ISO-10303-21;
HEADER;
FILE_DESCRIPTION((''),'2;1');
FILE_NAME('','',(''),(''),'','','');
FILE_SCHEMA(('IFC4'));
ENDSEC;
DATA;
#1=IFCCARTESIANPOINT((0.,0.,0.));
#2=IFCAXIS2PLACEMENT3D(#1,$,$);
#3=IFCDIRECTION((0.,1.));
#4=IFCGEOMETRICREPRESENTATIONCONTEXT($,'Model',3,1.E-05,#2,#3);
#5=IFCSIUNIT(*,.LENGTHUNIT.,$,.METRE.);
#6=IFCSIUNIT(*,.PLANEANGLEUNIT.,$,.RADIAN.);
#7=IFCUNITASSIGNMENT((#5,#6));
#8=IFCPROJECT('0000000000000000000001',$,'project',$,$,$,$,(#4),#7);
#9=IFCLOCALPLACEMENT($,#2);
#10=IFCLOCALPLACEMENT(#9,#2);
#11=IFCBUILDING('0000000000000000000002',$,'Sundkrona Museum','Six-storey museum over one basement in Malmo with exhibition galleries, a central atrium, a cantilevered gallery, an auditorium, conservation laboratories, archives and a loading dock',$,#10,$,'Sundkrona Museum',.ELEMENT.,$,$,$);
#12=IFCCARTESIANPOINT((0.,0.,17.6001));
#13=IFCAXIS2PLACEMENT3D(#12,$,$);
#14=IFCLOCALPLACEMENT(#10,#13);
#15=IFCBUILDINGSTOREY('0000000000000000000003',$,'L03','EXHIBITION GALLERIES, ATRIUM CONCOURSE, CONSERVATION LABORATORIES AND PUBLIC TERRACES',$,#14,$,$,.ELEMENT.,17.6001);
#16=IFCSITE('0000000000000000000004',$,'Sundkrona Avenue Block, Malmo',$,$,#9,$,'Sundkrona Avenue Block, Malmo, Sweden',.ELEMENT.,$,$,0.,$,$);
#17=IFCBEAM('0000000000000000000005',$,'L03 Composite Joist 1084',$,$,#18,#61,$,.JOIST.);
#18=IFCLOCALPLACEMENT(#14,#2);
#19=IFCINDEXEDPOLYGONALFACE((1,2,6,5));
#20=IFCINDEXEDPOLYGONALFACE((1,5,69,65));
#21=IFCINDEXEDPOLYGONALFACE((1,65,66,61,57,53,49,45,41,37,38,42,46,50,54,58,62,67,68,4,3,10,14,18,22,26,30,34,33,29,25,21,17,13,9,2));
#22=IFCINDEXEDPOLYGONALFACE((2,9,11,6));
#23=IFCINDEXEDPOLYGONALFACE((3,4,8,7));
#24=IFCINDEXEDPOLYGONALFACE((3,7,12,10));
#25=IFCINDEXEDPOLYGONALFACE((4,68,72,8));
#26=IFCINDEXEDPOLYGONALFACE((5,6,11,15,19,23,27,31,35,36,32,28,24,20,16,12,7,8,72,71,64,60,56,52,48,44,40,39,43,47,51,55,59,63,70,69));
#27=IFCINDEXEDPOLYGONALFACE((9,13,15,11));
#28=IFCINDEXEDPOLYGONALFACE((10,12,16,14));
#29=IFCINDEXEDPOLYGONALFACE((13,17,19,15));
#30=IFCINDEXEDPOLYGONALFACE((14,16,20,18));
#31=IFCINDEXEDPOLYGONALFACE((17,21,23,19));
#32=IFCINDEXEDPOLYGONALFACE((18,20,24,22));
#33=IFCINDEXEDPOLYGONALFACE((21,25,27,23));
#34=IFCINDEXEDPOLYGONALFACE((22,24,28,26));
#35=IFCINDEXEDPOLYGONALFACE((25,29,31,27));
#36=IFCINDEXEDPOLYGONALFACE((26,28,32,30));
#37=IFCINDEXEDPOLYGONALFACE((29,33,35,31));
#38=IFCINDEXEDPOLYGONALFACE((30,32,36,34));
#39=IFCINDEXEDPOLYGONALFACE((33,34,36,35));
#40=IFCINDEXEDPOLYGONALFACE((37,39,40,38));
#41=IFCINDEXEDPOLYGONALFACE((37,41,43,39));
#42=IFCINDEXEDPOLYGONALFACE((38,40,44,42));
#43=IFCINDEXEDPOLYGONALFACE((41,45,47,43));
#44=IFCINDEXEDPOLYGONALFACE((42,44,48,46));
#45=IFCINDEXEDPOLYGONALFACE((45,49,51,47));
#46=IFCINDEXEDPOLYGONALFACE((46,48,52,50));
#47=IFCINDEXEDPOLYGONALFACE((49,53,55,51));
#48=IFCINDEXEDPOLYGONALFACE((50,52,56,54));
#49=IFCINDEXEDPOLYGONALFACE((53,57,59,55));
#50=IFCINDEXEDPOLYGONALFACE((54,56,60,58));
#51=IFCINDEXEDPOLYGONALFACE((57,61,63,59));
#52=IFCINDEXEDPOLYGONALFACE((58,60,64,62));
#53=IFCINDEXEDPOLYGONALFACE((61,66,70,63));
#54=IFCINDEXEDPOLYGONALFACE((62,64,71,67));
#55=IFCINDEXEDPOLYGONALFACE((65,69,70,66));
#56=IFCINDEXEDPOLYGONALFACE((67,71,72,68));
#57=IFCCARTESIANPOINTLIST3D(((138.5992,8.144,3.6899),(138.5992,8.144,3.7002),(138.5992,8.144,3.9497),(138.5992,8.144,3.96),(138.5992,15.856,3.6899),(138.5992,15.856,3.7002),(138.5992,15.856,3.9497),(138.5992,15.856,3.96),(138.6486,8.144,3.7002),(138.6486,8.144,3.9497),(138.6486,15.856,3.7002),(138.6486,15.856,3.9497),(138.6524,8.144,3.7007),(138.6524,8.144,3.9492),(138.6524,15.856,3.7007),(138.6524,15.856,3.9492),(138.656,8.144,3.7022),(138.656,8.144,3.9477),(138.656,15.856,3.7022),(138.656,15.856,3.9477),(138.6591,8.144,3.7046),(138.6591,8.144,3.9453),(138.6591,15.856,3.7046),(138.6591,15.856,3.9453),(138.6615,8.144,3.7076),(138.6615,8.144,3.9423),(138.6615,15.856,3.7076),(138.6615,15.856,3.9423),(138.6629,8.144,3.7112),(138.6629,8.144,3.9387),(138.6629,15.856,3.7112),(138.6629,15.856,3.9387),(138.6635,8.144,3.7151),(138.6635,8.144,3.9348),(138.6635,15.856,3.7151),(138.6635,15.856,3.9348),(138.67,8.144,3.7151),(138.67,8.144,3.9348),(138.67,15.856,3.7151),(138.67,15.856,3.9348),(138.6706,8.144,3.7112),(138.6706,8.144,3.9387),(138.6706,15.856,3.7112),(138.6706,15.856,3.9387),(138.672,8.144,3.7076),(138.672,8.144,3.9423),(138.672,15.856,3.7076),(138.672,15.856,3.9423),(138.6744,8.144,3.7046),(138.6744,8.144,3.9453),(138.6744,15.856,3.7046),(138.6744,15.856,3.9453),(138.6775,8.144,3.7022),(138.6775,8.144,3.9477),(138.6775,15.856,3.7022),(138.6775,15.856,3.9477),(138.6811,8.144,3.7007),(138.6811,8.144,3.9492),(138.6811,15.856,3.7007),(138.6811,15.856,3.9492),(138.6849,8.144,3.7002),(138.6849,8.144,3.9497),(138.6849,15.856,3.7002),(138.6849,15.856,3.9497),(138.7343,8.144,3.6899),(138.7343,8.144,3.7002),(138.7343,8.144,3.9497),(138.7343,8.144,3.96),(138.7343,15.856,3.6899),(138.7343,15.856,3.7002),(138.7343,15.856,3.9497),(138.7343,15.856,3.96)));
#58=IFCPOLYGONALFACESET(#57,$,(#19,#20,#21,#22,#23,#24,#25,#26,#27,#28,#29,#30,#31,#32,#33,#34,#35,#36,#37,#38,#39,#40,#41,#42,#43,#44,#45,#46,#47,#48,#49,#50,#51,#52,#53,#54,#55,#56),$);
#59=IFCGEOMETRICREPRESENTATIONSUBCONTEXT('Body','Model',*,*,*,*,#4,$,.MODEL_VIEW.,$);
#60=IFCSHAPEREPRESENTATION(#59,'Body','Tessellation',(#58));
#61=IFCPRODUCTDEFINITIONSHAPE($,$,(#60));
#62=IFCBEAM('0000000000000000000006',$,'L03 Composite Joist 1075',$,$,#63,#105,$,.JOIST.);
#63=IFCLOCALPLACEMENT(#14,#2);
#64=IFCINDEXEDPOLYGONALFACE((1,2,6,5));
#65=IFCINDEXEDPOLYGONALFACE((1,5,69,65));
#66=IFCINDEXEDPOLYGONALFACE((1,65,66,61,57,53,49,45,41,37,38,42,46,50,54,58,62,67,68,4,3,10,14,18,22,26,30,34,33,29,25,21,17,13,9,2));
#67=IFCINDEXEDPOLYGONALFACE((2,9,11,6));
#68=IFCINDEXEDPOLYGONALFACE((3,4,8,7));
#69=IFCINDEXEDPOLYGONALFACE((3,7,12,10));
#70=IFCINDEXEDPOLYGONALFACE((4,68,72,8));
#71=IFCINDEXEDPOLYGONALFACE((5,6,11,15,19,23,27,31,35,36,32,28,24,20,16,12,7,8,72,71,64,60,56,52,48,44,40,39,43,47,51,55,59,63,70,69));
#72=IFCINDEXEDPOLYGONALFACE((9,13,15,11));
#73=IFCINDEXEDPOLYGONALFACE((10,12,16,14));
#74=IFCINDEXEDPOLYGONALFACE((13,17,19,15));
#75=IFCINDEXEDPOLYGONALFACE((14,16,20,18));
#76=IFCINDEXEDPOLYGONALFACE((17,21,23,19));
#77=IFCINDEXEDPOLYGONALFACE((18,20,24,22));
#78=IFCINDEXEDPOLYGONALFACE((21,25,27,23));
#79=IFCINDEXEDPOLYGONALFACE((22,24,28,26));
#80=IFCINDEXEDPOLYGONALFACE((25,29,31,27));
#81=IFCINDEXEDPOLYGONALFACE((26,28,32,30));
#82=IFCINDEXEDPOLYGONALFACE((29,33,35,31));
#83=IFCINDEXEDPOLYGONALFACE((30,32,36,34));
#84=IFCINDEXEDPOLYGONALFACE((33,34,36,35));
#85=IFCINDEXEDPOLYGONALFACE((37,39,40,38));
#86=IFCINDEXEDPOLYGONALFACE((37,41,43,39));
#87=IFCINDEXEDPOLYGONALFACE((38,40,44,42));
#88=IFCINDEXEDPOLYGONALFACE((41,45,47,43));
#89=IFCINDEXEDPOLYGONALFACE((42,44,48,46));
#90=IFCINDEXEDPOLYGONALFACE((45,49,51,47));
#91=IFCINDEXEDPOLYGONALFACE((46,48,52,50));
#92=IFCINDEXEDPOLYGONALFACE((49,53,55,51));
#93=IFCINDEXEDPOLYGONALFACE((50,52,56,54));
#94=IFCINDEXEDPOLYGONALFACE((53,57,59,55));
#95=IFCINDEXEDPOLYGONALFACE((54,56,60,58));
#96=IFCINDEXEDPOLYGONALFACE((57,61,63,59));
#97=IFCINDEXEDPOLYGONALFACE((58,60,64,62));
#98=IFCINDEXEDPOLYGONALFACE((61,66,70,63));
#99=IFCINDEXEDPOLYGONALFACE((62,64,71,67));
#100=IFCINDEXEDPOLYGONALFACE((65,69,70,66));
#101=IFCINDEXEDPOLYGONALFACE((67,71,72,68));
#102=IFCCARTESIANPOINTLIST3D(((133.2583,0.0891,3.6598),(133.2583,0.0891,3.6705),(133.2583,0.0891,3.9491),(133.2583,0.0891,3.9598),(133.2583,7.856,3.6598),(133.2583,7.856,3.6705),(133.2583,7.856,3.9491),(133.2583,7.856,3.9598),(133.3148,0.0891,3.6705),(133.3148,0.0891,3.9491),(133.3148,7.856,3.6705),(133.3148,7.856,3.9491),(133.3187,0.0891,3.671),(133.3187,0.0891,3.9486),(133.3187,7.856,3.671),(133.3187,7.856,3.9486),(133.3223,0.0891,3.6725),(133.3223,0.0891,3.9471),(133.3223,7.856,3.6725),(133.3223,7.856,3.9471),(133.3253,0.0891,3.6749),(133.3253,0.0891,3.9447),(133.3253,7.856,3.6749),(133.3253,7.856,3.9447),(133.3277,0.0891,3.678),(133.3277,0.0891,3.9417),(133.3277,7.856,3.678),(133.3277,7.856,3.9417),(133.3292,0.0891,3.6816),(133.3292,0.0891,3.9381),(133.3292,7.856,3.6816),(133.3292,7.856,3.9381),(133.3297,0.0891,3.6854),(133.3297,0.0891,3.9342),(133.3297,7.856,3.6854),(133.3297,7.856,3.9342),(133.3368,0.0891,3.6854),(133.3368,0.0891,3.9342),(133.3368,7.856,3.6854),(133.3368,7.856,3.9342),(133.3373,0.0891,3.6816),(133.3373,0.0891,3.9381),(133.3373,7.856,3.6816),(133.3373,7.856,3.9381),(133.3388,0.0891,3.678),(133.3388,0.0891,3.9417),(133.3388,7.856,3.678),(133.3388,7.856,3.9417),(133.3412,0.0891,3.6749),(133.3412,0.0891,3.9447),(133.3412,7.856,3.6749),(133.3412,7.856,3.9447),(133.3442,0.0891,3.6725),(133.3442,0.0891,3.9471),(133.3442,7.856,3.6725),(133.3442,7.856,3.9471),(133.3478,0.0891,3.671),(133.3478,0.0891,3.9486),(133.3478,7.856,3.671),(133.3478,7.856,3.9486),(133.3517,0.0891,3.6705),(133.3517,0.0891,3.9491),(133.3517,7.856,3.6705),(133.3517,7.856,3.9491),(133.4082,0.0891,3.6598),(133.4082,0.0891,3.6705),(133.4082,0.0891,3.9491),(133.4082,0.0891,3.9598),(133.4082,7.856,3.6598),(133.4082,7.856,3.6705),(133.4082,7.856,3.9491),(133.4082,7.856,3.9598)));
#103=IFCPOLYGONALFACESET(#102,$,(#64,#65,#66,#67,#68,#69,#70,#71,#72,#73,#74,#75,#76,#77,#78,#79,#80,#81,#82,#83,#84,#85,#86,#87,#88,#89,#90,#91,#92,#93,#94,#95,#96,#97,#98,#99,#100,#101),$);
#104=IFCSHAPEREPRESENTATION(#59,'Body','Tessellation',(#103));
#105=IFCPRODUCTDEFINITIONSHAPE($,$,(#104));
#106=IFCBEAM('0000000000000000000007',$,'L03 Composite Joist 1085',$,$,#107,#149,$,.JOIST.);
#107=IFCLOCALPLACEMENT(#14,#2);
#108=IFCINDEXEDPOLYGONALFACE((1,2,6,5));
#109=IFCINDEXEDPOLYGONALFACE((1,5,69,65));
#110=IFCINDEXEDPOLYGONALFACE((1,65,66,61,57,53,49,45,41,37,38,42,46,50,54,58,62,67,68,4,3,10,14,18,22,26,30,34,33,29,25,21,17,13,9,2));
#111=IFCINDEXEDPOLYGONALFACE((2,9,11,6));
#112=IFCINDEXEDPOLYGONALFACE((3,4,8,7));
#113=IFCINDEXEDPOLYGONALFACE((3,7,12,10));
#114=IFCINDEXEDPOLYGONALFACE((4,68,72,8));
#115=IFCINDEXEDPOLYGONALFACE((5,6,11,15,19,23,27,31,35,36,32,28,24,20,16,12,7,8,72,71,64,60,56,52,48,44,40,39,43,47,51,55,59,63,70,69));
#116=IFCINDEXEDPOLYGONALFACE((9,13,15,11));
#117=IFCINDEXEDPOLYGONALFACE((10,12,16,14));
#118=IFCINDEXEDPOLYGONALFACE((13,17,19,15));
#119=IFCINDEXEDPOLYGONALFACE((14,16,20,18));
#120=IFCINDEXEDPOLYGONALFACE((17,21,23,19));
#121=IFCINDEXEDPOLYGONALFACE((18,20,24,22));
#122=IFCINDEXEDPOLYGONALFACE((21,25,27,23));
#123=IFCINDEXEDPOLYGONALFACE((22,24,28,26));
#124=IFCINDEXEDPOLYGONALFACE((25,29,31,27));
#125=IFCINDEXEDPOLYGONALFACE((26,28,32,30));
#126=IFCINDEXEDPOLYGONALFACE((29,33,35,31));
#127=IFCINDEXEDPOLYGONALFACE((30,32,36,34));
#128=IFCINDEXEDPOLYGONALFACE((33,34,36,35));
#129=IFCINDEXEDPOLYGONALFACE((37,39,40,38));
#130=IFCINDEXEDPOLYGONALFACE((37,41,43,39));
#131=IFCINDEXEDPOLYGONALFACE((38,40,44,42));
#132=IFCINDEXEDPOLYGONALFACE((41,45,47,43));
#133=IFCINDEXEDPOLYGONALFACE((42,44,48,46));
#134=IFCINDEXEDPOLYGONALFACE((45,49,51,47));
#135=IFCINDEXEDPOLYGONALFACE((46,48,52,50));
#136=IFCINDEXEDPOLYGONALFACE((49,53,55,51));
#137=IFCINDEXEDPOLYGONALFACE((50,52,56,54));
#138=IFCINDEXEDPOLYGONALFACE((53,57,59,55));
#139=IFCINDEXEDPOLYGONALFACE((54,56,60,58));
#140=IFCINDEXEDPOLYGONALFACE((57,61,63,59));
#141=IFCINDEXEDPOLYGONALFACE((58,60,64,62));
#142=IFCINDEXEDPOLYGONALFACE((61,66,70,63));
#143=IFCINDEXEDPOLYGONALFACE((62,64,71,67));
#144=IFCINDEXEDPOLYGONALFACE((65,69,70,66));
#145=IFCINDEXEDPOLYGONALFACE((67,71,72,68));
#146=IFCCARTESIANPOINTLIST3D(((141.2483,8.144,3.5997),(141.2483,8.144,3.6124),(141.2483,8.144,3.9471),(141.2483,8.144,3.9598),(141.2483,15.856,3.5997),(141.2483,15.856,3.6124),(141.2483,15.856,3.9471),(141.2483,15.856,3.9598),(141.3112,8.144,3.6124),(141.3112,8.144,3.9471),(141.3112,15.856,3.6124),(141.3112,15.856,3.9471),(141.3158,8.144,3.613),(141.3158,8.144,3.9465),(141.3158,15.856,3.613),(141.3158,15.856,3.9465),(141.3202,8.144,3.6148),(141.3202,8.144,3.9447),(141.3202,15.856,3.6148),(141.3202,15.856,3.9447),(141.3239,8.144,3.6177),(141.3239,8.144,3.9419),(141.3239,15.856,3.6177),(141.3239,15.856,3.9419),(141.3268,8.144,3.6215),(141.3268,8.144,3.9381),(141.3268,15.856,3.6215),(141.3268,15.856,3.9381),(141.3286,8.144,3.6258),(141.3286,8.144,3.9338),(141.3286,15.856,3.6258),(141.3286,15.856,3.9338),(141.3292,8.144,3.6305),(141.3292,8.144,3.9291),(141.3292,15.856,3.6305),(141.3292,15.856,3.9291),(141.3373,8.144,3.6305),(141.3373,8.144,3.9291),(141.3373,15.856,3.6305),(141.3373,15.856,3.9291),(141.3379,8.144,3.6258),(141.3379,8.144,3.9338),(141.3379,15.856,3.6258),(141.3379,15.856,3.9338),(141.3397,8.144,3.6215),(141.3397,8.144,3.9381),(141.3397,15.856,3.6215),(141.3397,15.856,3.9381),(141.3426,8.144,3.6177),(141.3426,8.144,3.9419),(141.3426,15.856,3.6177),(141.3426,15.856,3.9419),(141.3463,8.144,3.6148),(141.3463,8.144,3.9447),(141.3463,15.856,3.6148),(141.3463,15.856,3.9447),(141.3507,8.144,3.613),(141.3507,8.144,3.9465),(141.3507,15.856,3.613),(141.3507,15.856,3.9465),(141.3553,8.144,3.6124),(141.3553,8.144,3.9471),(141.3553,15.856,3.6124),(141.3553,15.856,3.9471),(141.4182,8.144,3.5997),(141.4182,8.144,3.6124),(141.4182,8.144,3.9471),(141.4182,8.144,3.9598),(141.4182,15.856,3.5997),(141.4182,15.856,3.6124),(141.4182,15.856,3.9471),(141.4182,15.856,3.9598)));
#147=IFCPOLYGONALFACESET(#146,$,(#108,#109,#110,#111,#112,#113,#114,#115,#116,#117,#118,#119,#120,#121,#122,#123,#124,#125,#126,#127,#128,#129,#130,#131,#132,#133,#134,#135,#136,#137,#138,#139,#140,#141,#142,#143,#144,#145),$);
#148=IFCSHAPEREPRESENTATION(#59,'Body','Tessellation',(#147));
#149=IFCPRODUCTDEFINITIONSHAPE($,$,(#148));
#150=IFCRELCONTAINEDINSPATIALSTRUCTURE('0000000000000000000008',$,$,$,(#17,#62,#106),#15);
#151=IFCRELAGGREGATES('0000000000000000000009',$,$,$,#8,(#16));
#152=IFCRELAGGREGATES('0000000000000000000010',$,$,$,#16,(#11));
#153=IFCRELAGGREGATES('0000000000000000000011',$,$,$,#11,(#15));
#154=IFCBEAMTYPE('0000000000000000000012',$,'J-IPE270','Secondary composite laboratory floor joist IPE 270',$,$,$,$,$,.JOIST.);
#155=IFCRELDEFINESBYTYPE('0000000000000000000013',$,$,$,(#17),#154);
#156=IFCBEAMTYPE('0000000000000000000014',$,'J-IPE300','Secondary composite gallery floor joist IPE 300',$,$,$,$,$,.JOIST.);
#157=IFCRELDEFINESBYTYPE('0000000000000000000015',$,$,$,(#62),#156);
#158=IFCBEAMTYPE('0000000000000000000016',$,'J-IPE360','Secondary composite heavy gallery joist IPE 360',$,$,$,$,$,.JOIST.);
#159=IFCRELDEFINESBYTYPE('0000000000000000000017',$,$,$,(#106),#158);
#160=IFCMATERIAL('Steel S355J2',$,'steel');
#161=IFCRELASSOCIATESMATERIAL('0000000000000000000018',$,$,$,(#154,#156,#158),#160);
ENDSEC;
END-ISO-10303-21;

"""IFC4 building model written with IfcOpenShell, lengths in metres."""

from ifc_helpers import new_model, si_unit, direction, frame, origin, origin_2d, place, context, subcontext, project, spatial, i_section, extrude, material, material_profile, profile_set, type_object, element, save


model = new_model("IFC4")

# Units and contexts
model_context = context("Model", 3, precision=1e-05, world=origin(), true_north=direction((0.0, 1.0)))
body_context = subcontext(model_context, "Body", "Model", "MODEL_VIEW")
ifc_project = project(units=[si_unit("LENGTHUNIT", "METRE"), si_unit("PLANEANGLEUNIT", "RADIAN")], contexts=[model_context])

# Site, building, storey
site_placement = place(None, origin())
site = spatial("IfcSite", under=ifc_project, at=site_placement, Name="Sundkrona Avenue Block, Malmo", LongName="Sundkrona Avenue Block, Malmo, Sweden", CompositionType="ELEMENT", RefElevation=0.0)
building_placement = place(site_placement, origin())
building = spatial("IfcBuilding", under=site, at=building_placement, Name="Sundkrona Museum", Description="Six-storey museum over one basement in Malmo with exhibition galleries, a central atrium, a cantilevered gallery, an auditorium, conservation laboratories, archives and a loading dock", LongName="Sundkrona Museum", CompositionType="ELEMENT")
storey_placement = place(building_placement, frame((0.0, 0.0, 17.6001)))
storey = spatial("IfcBuildingStorey", under=building, at=storey_placement, Name="L03", Description="EXHIBITION GALLERIES, ATRIUM CONCOURSE, CONSERVATION LABORATORIES AND PUBLIC TERRACES", CompositionType="ELEMENT", Elevation=17.6001)

# Shared definitions
ifc_material_1 = material(Name="Steel S355J2", Category="steel")

# Beams
ifc_material_profile_1 = material_profile(ifc_material_1, i_section(OverallWidth=0.135, OverallDepth=0.27, WebThickness=0.0066, FlangeThickness=0.0103, FilletRadius=0.0149, at=origin_2d()), Name="IPE 270")
ifc_profile_set_1 = profile_set([ifc_material_profile_1], Name="Steel S355J2")
beam_type_1 = type_object("IfcBeamType", Name="J-IPE270", Description="Secondary composite laboratory floor joist IPE 270", PredefinedType="JOIST", material=ifc_profile_set_1)
beam_1_placement = place(storey_placement, frame((138.6667, 8.144, 3.825), z_axis=(0.0, 1.0, 0.0), x_axis=(-1.0, 0.0, 0.0)))
element("IfcBeam", 1, at=beam_1_placement, inside=storey, type_object=beam_type_1, Name="L03 Composite Joist 1084", PredefinedType="JOIST", context=body_context, shape_type="SweptSolid", body=[
    extrude(i_section(OverallWidth=0.135, OverallDepth=0.27, WebThickness=0.0066, FlangeThickness=0.0103, FilletRadius=0.0149, at=origin_2d()), origin(), (0.0, 0.0, 1.0), 7.7119),
])
ifc_material_profile_2 = material_profile(ifc_material_1, i_section(OverallWidth=0.1499, OverallDepth=0.3, WebThickness=0.0071, FlangeThickness=0.0107, FilletRadius=0.0149, at=origin_2d()), Name="IPE 300")
ifc_profile_set_2 = profile_set([ifc_material_profile_2], Name="Steel S355J2")
beam_type_2 = type_object("IfcBeamType", Name="J-IPE300", Description="Secondary composite gallery floor joist IPE 300", PredefinedType="JOIST", material=ifc_profile_set_2)
beam_2_placement = place(storey_placement, frame((133.3333, 0.0891, 3.8098), z_axis=(0.0, 1.0, 0.0), x_axis=(-1.0, 0.0, 0.0)))
element("IfcBeam", 2, at=beam_2_placement, inside=storey, type_object=beam_type_2, Name="L03 Composite Joist 1075", PredefinedType="JOIST", context=body_context, shape_type="SweptSolid", body=[
    extrude(i_section(OverallWidth=0.1499, OverallDepth=0.3, WebThickness=0.0071, FlangeThickness=0.0107, FilletRadius=0.0149, at=origin_2d()), origin(), (0.0, 0.0, 1.0), 7.7668),
])
ifc_material_profile_3 = material_profile(ifc_material_1, i_section(OverallWidth=0.1699, OverallDepth=0.3601, WebThickness=0.0081, FlangeThickness=0.0127, FilletRadius=0.0181, at=origin_2d()), Name="IPE 360")
ifc_profile_set_3 = profile_set([ifc_material_profile_3], Name="Steel S355J2")
beam_type_3 = type_object("IfcBeamType", Name="J-IPE360", Description="Secondary composite heavy gallery joist IPE 360", PredefinedType="JOIST", material=ifc_profile_set_3)
beam_3_placement = place(storey_placement, frame((141.3333, 8.144, 3.7798), z_axis=(0.0, 1.0, 0.0), x_axis=(-1.0, 0.0, 0.0)))
element("IfcBeam", 3, at=beam_3_placement, inside=storey, type_object=beam_type_3, Name="L03 Composite Joist 1085", PredefinedType="JOIST", context=body_context, shape_type="SweptSolid", body=[
    extrude(i_section(OverallWidth=0.1699, OverallDepth=0.3601, WebThickness=0.0081, FlangeThickness=0.0127, FilletRadius=0.0181, at=origin_2d()), origin(), (0.0, 0.0, 1.0), 7.7119),
])

save(model, "model.ifc")
